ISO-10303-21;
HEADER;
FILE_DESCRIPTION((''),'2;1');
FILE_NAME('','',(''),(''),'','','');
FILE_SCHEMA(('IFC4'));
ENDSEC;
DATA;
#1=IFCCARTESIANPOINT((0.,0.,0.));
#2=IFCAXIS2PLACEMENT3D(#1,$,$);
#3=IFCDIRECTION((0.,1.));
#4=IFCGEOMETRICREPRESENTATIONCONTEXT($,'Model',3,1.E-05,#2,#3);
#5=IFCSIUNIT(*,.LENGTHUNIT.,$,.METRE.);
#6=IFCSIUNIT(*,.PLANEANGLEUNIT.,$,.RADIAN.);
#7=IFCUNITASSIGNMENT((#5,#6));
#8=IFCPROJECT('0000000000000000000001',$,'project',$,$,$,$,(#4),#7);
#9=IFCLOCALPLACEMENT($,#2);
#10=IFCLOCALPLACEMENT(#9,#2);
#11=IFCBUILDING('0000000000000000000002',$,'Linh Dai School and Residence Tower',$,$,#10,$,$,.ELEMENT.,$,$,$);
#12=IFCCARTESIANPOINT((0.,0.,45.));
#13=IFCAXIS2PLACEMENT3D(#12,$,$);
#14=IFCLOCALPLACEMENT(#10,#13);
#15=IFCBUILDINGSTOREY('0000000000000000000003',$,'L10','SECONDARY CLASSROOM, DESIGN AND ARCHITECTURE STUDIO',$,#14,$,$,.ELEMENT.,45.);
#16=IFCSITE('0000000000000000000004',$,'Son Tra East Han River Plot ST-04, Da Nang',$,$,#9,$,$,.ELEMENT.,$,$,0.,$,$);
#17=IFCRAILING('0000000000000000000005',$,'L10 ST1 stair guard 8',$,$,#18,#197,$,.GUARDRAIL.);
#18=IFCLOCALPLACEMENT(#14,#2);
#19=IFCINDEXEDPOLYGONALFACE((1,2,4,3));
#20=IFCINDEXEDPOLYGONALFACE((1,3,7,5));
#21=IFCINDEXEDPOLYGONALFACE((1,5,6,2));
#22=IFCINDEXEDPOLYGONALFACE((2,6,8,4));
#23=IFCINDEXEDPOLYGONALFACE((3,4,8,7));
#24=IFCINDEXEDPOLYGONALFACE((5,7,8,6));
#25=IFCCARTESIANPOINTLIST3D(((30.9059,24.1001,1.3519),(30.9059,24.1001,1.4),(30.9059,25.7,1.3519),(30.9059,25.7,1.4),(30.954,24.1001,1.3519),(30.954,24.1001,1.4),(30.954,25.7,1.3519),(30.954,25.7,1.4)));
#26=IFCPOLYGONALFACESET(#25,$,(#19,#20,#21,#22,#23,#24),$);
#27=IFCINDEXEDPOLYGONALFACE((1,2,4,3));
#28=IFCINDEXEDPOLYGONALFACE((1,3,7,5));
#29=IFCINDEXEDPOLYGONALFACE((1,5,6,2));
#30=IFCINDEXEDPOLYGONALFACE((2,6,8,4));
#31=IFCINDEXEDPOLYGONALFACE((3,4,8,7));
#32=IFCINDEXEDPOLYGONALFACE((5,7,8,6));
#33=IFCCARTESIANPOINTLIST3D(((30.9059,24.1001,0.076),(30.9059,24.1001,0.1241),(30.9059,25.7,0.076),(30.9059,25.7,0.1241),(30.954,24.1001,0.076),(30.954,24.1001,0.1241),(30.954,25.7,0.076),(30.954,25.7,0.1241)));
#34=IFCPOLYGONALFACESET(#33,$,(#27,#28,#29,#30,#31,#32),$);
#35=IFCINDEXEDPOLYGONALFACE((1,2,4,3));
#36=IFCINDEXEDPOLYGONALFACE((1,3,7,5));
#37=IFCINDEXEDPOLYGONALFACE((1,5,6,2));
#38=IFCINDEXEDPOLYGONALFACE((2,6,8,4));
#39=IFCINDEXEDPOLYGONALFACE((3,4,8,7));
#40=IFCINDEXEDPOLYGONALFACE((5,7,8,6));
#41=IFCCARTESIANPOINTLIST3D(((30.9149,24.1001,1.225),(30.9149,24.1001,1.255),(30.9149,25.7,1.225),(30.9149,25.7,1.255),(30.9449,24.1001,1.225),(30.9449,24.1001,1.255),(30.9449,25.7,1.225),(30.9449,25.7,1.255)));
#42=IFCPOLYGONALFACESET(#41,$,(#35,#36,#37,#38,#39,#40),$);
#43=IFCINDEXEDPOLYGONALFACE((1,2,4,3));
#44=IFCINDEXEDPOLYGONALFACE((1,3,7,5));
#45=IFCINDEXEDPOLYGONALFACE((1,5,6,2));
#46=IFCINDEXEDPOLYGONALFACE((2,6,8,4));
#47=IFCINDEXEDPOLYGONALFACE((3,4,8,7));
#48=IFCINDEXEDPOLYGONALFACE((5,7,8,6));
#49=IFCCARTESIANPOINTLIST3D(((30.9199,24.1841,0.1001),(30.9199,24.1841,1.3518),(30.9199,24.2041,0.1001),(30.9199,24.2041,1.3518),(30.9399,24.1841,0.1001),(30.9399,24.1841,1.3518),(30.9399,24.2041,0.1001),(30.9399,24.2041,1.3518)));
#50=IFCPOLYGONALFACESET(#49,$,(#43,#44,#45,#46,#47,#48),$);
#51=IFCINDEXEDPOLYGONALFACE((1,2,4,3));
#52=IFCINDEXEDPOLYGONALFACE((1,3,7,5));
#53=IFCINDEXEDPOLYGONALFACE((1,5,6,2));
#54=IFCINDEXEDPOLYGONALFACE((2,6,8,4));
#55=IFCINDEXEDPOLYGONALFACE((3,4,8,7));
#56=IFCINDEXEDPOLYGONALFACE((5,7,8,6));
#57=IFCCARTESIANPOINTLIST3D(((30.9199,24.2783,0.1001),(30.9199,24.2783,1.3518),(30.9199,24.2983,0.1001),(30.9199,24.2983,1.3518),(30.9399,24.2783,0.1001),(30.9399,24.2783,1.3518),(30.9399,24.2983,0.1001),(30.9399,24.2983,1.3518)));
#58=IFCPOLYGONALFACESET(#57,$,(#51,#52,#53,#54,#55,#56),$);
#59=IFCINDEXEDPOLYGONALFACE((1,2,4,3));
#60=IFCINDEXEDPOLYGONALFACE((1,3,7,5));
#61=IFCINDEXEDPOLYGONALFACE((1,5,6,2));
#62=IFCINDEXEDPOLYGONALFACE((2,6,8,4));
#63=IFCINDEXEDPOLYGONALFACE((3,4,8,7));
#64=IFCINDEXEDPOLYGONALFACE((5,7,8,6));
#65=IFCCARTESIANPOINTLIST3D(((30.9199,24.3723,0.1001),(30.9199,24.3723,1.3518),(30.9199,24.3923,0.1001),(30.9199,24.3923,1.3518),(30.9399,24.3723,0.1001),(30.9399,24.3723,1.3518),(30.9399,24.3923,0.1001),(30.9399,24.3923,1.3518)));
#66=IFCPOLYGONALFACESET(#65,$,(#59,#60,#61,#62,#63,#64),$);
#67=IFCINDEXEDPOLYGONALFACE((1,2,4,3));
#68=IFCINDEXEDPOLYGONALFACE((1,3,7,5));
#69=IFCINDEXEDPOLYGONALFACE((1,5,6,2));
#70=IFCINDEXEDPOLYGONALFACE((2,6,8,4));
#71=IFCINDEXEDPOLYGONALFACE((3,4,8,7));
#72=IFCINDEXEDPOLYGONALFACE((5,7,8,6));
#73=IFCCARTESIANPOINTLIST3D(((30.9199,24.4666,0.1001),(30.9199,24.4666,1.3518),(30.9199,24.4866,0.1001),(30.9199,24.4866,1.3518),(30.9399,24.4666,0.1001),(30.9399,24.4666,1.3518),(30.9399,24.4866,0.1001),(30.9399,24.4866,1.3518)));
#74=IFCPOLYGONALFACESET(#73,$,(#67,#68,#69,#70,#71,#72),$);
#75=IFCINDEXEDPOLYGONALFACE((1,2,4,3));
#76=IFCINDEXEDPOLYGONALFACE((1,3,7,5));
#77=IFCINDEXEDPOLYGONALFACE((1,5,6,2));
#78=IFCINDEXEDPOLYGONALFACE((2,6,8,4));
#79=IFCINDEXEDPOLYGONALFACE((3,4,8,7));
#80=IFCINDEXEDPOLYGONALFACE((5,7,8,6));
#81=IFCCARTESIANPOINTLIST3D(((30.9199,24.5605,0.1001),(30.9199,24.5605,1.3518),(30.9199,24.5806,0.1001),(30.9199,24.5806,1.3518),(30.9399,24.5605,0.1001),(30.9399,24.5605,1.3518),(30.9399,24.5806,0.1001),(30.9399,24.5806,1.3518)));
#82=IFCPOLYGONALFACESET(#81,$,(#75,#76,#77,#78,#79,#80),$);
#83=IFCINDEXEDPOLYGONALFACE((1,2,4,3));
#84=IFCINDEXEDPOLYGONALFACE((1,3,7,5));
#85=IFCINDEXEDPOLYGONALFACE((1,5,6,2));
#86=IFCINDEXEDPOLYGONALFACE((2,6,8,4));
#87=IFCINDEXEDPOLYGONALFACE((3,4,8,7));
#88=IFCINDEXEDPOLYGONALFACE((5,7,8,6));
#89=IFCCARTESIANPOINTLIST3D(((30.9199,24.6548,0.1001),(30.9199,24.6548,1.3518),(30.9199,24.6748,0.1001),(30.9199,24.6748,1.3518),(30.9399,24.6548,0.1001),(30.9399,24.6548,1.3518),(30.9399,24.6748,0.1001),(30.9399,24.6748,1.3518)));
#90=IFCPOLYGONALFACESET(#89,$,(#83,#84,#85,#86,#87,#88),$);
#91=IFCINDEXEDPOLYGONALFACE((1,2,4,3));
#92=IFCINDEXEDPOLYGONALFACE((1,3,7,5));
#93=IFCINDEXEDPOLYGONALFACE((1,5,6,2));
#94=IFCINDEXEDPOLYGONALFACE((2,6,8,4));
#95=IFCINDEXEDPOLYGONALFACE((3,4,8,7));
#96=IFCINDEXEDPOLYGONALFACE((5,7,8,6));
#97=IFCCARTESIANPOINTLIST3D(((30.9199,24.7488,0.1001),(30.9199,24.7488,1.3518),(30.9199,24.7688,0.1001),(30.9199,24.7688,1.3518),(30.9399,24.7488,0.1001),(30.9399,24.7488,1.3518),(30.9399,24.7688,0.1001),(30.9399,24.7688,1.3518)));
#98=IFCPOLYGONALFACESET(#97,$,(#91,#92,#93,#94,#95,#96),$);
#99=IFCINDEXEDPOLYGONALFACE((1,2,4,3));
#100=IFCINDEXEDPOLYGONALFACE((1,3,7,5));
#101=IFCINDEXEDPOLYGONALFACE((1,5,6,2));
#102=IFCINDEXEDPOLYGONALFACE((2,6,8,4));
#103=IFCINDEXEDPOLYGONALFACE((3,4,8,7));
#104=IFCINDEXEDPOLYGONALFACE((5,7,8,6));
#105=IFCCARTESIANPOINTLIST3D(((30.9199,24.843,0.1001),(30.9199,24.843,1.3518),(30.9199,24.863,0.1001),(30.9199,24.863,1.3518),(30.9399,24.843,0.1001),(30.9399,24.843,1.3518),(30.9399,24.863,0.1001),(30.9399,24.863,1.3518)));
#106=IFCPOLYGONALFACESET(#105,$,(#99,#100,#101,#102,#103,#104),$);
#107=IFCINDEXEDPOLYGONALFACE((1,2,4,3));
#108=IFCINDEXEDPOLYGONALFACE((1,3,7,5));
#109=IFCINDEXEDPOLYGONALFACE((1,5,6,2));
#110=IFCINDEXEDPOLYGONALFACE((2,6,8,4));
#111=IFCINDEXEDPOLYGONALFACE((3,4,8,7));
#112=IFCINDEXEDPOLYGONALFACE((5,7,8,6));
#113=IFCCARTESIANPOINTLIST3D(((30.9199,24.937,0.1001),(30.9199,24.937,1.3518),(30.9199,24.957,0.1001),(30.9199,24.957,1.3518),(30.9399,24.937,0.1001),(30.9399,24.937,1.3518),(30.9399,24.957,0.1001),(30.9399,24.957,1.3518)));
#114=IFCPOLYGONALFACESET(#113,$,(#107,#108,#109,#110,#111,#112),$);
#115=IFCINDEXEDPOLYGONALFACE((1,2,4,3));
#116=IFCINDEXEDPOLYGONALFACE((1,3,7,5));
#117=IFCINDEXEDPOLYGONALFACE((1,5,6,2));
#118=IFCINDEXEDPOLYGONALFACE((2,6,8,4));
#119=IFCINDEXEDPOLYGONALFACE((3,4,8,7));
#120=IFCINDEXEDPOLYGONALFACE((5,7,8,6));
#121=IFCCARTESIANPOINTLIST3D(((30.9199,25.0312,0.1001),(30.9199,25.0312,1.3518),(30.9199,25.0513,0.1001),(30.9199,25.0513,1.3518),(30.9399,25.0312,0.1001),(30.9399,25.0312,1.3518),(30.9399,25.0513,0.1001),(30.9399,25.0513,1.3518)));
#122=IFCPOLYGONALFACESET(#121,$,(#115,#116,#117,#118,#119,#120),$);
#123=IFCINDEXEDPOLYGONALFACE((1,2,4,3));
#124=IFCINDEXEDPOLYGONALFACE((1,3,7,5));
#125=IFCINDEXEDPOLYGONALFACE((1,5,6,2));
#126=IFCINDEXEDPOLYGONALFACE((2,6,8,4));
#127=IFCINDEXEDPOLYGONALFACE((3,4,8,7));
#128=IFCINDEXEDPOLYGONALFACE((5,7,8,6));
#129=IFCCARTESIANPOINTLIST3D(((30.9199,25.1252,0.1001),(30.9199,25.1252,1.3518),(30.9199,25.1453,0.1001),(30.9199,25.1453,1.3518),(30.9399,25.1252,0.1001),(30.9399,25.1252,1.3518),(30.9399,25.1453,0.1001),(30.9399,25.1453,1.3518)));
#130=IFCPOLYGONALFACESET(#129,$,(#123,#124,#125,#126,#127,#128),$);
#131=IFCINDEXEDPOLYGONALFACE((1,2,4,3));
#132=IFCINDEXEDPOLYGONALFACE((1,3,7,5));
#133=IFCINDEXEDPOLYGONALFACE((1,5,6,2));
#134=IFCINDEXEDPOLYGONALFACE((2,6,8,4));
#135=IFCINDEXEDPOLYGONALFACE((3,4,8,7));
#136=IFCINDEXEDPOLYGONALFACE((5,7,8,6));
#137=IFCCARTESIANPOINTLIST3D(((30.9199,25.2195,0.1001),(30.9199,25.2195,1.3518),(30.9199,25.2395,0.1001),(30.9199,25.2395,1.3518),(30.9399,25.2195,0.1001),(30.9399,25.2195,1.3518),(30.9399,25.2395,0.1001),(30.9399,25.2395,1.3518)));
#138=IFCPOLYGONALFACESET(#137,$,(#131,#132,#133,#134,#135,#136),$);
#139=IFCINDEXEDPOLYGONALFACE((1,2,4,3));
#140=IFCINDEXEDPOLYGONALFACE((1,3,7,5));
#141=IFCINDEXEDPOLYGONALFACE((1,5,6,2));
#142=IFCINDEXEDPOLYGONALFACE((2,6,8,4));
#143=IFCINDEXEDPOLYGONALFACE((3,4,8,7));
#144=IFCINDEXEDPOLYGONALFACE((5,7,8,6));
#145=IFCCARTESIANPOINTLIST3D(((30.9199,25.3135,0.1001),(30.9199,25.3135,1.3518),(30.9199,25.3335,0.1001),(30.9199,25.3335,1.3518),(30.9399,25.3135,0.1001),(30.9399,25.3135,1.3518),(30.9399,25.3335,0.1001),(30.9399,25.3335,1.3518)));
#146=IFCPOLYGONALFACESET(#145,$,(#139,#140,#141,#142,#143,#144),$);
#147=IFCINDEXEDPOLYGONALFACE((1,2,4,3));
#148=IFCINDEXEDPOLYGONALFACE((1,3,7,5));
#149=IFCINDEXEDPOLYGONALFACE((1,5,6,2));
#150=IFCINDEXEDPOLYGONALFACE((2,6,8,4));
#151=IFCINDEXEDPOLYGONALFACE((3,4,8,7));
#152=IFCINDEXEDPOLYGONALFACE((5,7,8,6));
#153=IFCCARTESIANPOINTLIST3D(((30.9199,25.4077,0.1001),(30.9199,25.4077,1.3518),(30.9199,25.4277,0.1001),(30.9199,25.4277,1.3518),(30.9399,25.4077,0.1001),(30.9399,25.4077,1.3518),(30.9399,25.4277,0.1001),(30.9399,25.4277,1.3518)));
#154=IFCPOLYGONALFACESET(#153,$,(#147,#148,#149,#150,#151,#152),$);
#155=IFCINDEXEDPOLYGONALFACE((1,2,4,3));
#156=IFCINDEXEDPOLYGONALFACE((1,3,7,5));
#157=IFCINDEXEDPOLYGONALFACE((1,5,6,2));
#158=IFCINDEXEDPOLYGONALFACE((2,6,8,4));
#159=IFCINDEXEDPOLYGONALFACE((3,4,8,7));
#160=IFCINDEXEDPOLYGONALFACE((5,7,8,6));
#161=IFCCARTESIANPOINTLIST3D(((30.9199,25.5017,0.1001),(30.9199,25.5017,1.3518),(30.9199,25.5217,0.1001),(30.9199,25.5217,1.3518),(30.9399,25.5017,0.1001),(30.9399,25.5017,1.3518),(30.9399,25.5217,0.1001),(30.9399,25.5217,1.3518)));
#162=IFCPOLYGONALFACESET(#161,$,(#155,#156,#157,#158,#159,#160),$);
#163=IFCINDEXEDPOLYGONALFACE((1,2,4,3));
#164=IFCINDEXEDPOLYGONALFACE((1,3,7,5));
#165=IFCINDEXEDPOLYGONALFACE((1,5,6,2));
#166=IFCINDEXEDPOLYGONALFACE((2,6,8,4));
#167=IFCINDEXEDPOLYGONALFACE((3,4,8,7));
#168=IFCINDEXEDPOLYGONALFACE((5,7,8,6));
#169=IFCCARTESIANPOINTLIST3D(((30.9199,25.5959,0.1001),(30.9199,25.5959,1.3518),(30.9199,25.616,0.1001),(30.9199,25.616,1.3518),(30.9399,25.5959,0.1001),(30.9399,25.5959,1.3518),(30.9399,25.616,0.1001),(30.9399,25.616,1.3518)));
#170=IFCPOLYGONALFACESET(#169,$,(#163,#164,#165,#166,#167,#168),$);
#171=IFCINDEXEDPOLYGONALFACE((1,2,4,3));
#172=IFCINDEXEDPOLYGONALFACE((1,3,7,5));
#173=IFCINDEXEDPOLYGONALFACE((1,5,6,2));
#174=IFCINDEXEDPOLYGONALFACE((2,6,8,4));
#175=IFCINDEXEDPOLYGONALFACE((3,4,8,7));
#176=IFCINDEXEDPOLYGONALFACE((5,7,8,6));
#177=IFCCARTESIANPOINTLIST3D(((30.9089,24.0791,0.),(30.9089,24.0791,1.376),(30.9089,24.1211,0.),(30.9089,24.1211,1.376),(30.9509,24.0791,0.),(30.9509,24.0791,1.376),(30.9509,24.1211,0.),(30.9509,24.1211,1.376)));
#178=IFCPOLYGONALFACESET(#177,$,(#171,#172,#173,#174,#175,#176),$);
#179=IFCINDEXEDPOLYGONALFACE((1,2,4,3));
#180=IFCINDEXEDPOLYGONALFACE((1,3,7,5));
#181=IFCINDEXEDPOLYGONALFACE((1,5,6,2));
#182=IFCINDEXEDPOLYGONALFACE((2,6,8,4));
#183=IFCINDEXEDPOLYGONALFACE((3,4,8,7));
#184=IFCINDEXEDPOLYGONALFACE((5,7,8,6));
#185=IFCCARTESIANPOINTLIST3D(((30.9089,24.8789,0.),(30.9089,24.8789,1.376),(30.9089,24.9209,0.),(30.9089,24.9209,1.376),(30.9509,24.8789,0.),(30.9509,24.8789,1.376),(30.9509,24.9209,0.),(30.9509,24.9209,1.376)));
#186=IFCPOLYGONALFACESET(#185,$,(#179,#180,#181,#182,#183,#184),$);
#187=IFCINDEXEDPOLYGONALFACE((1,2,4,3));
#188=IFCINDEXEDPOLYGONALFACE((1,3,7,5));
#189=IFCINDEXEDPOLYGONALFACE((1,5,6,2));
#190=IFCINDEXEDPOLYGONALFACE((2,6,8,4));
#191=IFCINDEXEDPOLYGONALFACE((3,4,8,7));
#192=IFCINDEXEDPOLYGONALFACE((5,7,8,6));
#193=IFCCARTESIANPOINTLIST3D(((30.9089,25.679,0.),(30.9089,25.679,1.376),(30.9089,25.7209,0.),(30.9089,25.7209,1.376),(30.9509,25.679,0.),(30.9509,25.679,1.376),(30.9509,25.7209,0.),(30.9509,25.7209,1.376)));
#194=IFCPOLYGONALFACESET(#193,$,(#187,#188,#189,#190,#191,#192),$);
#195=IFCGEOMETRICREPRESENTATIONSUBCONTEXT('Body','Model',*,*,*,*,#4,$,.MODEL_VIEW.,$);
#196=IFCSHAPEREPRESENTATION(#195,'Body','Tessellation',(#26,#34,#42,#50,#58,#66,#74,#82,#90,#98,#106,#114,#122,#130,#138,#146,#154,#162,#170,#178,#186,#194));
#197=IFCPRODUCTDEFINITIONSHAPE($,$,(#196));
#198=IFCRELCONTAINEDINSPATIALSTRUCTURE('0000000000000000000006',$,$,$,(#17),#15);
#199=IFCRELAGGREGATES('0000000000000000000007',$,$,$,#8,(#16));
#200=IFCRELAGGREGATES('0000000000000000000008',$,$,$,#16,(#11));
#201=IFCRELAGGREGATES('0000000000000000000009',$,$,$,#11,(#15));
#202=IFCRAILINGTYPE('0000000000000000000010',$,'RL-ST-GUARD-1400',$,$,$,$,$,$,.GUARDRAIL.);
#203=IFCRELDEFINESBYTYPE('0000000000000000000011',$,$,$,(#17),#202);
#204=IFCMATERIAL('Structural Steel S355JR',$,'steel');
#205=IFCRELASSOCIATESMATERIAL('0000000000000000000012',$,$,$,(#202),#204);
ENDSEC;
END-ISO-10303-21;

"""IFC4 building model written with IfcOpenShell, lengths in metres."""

from ifc_helpers import new_model, si_unit, direction, frame, origin, origin_2d, place, context, subcontext, project, spatial, rectangle, extrude, source, transform, mapped, material, type_object, element, save


model = new_model("IFC4")

# Units and contexts
model_context = context("Model", 3, precision=1e-05, world=origin(), true_north=direction((0.0, 1.0)))
body_context = subcontext(model_context, "Body", "Model", "MODEL_VIEW")
ifc_project = project(units=[si_unit("LENGTHUNIT", "METRE"), si_unit("PLANEANGLEUNIT", "RADIAN")], contexts=[model_context])

# Site, building, storey
site_placement = place(None, origin())
site = spatial("IfcSite", under=ifc_project, at=site_placement, Name="Son Tra East Han River Plot ST-04, Da Nang", CompositionType="ELEMENT", RefElevation=0.0)
building_placement = place(site_placement, origin())
building = spatial("IfcBuilding", under=site, at=building_placement, Name="Linh Dai School and Residence Tower", CompositionType="ELEMENT")
storey_placement = place(building_placement, frame((0.0, 0.0, 45.0)))
storey = spatial("IfcBuildingStorey", under=building, at=storey_placement, Name="L10", Description="SECONDARY CLASSROOM, DESIGN AND ARCHITECTURE STUDIO", CompositionType="ELEMENT", Elevation=45.0)

# Shared definitions
ifc_material_1 = material(Name="Structural Steel S355JR", Category="steel")

# Railing
railing_type_1 = type_object("IfcRailingType", Name="RL-ST-GUARD-1400", PredefinedType="GUARDRAIL", material=ifc_material_1)
shared_shape_1 = source(origin(), body_context, "Body", "SweptSolid", [
    extrude(rectangle(XDim=0.0481, YDim=0.0481, at=origin_2d()), frame((0.0, 0.0, 1.376), z_axis=(0.0, 1.0, 0.0), x_axis=(-1.0, 0.0, 0.0)), (0.0, 0.0, 1.0), 1.5999),
    extrude(rectangle(XDim=0.0481, YDim=0.0481, at=origin_2d()), frame((0.0, 0.0, 0.1001), z_axis=(0.0, 1.0, 0.0), x_axis=(-1.0, 0.0, 0.0)), (0.0, 0.0, 1.0), 1.5999),
    extrude(rectangle(XDim=0.03, YDim=0.03, at=origin_2d()), frame((0.0, 0.0, 1.24), z_axis=(0.0, 1.0, 0.0), x_axis=(-1.0, 0.0, 0.0)), (0.0, 0.0, 1.0), 1.5999),
    extrude(rectangle(XDim=0.02, YDim=0.02, at=origin_2d()), frame((0.0, 0.094, 0.1001)), (0.0, 0.0, 1.0), 1.2517),
    extrude(rectangle(XDim=0.02, YDim=0.02, at=origin_2d()), frame((0.0, 0.1882, 0.1001)), (0.0, 0.0, 1.0), 1.2517),
    extrude(rectangle(XDim=0.02, YDim=0.02, at=origin_2d()), frame((0.0, 0.2822, 0.1001)), (0.0, 0.0, 1.0), 1.2517),
    extrude(rectangle(XDim=0.02, YDim=0.02, at=origin_2d()), frame((0.0, 0.3765, 0.1001)), (0.0, 0.0, 1.0), 1.2517),
    extrude(rectangle(XDim=0.02, YDim=0.02, at=origin_2d()), frame((0.0, 0.4705, 0.1001)), (0.0, 0.0, 1.0), 1.2517),
    extrude(rectangle(XDim=0.02, YDim=0.02, at=origin_2d()), frame((0.0, 0.5647, 0.1001)), (0.0, 0.0, 1.0), 1.2517),
    extrude(rectangle(XDim=0.02, YDim=0.02, at=origin_2d()), frame((0.0, 0.6587, 0.1001)), (0.0, 0.0, 1.0), 1.2517),
    extrude(rectangle(XDim=0.02, YDim=0.02, at=origin_2d()), frame((0.0, 0.7529, 0.1001)), (0.0, 0.0, 1.0), 1.2517),
    extrude(rectangle(XDim=0.02, YDim=0.02, at=origin_2d()), frame((0.0, 0.8469, 0.1001)), (0.0, 0.0, 1.0), 1.2517),
    extrude(rectangle(XDim=0.02, YDim=0.02, at=origin_2d()), frame((0.0, 0.9412, 0.1001)), (0.0, 0.0, 1.0), 1.2517),
    extrude(rectangle(XDim=0.02, YDim=0.02, at=origin_2d()), frame((0.0, 1.0352, 0.1001)), (0.0, 0.0, 1.0), 1.2517),
    extrude(rectangle(XDim=0.02, YDim=0.02, at=origin_2d()), frame((0.0, 1.1294, 0.1001)), (0.0, 0.0, 1.0), 1.2517),
    extrude(rectangle(XDim=0.02, YDim=0.02, at=origin_2d()), frame((0.0, 1.2234, 0.1001)), (0.0, 0.0, 1.0), 1.2517),
    extrude(rectangle(XDim=0.02, YDim=0.02, at=origin_2d()), frame((0.0, 1.3176, 0.1001)), (0.0, 0.0, 1.0), 1.2517),
    extrude(rectangle(XDim=0.02, YDim=0.02, at=origin_2d()), frame((0.0, 1.4116, 0.1001)), (0.0, 0.0, 1.0), 1.2517),
    extrude(rectangle(XDim=0.02, YDim=0.02, at=origin_2d()), frame((0.0, 1.5059, 0.1001)), (0.0, 0.0, 1.0), 1.2517),
    extrude(rectangle(XDim=0.042, YDim=0.042, at=origin_2d()), origin(), (0.0, 0.0, 1.0), 1.376),
    extrude(rectangle(XDim=0.042, YDim=0.042, at=origin_2d()), frame((0.0, 0.7998, 0.0)), (0.0, 0.0, 1.0), 1.376),
    extrude(rectangle(XDim=0.042, YDim=0.042, at=origin_2d()), frame((0.0, 1.5999, 0.0)), (0.0, 0.0, 1.0), 1.376),
])
for number, where, name in (
    (1, (30.9299, 24.1001, 0.0), "L10 ST1 stair guard 8"),
):
    element("IfcRailing", number, at=place(storey_placement, frame(where)), inside=storey, type_object=railing_type_1, Name=name, PredefinedType="GUARDRAIL", context=body_context, shape_type="MappedRepresentation", body=[
        mapped(shared_shape_1, transform((0.0, 0.0, 0.0), x_axis=(1.0, 0.0, 0.0), y_axis=(0.0, 1.0, 0.0), z_axis=(0.0, 0.0, 1.0), scale=1.0)),
    ])

save(model, "model.ifc")
